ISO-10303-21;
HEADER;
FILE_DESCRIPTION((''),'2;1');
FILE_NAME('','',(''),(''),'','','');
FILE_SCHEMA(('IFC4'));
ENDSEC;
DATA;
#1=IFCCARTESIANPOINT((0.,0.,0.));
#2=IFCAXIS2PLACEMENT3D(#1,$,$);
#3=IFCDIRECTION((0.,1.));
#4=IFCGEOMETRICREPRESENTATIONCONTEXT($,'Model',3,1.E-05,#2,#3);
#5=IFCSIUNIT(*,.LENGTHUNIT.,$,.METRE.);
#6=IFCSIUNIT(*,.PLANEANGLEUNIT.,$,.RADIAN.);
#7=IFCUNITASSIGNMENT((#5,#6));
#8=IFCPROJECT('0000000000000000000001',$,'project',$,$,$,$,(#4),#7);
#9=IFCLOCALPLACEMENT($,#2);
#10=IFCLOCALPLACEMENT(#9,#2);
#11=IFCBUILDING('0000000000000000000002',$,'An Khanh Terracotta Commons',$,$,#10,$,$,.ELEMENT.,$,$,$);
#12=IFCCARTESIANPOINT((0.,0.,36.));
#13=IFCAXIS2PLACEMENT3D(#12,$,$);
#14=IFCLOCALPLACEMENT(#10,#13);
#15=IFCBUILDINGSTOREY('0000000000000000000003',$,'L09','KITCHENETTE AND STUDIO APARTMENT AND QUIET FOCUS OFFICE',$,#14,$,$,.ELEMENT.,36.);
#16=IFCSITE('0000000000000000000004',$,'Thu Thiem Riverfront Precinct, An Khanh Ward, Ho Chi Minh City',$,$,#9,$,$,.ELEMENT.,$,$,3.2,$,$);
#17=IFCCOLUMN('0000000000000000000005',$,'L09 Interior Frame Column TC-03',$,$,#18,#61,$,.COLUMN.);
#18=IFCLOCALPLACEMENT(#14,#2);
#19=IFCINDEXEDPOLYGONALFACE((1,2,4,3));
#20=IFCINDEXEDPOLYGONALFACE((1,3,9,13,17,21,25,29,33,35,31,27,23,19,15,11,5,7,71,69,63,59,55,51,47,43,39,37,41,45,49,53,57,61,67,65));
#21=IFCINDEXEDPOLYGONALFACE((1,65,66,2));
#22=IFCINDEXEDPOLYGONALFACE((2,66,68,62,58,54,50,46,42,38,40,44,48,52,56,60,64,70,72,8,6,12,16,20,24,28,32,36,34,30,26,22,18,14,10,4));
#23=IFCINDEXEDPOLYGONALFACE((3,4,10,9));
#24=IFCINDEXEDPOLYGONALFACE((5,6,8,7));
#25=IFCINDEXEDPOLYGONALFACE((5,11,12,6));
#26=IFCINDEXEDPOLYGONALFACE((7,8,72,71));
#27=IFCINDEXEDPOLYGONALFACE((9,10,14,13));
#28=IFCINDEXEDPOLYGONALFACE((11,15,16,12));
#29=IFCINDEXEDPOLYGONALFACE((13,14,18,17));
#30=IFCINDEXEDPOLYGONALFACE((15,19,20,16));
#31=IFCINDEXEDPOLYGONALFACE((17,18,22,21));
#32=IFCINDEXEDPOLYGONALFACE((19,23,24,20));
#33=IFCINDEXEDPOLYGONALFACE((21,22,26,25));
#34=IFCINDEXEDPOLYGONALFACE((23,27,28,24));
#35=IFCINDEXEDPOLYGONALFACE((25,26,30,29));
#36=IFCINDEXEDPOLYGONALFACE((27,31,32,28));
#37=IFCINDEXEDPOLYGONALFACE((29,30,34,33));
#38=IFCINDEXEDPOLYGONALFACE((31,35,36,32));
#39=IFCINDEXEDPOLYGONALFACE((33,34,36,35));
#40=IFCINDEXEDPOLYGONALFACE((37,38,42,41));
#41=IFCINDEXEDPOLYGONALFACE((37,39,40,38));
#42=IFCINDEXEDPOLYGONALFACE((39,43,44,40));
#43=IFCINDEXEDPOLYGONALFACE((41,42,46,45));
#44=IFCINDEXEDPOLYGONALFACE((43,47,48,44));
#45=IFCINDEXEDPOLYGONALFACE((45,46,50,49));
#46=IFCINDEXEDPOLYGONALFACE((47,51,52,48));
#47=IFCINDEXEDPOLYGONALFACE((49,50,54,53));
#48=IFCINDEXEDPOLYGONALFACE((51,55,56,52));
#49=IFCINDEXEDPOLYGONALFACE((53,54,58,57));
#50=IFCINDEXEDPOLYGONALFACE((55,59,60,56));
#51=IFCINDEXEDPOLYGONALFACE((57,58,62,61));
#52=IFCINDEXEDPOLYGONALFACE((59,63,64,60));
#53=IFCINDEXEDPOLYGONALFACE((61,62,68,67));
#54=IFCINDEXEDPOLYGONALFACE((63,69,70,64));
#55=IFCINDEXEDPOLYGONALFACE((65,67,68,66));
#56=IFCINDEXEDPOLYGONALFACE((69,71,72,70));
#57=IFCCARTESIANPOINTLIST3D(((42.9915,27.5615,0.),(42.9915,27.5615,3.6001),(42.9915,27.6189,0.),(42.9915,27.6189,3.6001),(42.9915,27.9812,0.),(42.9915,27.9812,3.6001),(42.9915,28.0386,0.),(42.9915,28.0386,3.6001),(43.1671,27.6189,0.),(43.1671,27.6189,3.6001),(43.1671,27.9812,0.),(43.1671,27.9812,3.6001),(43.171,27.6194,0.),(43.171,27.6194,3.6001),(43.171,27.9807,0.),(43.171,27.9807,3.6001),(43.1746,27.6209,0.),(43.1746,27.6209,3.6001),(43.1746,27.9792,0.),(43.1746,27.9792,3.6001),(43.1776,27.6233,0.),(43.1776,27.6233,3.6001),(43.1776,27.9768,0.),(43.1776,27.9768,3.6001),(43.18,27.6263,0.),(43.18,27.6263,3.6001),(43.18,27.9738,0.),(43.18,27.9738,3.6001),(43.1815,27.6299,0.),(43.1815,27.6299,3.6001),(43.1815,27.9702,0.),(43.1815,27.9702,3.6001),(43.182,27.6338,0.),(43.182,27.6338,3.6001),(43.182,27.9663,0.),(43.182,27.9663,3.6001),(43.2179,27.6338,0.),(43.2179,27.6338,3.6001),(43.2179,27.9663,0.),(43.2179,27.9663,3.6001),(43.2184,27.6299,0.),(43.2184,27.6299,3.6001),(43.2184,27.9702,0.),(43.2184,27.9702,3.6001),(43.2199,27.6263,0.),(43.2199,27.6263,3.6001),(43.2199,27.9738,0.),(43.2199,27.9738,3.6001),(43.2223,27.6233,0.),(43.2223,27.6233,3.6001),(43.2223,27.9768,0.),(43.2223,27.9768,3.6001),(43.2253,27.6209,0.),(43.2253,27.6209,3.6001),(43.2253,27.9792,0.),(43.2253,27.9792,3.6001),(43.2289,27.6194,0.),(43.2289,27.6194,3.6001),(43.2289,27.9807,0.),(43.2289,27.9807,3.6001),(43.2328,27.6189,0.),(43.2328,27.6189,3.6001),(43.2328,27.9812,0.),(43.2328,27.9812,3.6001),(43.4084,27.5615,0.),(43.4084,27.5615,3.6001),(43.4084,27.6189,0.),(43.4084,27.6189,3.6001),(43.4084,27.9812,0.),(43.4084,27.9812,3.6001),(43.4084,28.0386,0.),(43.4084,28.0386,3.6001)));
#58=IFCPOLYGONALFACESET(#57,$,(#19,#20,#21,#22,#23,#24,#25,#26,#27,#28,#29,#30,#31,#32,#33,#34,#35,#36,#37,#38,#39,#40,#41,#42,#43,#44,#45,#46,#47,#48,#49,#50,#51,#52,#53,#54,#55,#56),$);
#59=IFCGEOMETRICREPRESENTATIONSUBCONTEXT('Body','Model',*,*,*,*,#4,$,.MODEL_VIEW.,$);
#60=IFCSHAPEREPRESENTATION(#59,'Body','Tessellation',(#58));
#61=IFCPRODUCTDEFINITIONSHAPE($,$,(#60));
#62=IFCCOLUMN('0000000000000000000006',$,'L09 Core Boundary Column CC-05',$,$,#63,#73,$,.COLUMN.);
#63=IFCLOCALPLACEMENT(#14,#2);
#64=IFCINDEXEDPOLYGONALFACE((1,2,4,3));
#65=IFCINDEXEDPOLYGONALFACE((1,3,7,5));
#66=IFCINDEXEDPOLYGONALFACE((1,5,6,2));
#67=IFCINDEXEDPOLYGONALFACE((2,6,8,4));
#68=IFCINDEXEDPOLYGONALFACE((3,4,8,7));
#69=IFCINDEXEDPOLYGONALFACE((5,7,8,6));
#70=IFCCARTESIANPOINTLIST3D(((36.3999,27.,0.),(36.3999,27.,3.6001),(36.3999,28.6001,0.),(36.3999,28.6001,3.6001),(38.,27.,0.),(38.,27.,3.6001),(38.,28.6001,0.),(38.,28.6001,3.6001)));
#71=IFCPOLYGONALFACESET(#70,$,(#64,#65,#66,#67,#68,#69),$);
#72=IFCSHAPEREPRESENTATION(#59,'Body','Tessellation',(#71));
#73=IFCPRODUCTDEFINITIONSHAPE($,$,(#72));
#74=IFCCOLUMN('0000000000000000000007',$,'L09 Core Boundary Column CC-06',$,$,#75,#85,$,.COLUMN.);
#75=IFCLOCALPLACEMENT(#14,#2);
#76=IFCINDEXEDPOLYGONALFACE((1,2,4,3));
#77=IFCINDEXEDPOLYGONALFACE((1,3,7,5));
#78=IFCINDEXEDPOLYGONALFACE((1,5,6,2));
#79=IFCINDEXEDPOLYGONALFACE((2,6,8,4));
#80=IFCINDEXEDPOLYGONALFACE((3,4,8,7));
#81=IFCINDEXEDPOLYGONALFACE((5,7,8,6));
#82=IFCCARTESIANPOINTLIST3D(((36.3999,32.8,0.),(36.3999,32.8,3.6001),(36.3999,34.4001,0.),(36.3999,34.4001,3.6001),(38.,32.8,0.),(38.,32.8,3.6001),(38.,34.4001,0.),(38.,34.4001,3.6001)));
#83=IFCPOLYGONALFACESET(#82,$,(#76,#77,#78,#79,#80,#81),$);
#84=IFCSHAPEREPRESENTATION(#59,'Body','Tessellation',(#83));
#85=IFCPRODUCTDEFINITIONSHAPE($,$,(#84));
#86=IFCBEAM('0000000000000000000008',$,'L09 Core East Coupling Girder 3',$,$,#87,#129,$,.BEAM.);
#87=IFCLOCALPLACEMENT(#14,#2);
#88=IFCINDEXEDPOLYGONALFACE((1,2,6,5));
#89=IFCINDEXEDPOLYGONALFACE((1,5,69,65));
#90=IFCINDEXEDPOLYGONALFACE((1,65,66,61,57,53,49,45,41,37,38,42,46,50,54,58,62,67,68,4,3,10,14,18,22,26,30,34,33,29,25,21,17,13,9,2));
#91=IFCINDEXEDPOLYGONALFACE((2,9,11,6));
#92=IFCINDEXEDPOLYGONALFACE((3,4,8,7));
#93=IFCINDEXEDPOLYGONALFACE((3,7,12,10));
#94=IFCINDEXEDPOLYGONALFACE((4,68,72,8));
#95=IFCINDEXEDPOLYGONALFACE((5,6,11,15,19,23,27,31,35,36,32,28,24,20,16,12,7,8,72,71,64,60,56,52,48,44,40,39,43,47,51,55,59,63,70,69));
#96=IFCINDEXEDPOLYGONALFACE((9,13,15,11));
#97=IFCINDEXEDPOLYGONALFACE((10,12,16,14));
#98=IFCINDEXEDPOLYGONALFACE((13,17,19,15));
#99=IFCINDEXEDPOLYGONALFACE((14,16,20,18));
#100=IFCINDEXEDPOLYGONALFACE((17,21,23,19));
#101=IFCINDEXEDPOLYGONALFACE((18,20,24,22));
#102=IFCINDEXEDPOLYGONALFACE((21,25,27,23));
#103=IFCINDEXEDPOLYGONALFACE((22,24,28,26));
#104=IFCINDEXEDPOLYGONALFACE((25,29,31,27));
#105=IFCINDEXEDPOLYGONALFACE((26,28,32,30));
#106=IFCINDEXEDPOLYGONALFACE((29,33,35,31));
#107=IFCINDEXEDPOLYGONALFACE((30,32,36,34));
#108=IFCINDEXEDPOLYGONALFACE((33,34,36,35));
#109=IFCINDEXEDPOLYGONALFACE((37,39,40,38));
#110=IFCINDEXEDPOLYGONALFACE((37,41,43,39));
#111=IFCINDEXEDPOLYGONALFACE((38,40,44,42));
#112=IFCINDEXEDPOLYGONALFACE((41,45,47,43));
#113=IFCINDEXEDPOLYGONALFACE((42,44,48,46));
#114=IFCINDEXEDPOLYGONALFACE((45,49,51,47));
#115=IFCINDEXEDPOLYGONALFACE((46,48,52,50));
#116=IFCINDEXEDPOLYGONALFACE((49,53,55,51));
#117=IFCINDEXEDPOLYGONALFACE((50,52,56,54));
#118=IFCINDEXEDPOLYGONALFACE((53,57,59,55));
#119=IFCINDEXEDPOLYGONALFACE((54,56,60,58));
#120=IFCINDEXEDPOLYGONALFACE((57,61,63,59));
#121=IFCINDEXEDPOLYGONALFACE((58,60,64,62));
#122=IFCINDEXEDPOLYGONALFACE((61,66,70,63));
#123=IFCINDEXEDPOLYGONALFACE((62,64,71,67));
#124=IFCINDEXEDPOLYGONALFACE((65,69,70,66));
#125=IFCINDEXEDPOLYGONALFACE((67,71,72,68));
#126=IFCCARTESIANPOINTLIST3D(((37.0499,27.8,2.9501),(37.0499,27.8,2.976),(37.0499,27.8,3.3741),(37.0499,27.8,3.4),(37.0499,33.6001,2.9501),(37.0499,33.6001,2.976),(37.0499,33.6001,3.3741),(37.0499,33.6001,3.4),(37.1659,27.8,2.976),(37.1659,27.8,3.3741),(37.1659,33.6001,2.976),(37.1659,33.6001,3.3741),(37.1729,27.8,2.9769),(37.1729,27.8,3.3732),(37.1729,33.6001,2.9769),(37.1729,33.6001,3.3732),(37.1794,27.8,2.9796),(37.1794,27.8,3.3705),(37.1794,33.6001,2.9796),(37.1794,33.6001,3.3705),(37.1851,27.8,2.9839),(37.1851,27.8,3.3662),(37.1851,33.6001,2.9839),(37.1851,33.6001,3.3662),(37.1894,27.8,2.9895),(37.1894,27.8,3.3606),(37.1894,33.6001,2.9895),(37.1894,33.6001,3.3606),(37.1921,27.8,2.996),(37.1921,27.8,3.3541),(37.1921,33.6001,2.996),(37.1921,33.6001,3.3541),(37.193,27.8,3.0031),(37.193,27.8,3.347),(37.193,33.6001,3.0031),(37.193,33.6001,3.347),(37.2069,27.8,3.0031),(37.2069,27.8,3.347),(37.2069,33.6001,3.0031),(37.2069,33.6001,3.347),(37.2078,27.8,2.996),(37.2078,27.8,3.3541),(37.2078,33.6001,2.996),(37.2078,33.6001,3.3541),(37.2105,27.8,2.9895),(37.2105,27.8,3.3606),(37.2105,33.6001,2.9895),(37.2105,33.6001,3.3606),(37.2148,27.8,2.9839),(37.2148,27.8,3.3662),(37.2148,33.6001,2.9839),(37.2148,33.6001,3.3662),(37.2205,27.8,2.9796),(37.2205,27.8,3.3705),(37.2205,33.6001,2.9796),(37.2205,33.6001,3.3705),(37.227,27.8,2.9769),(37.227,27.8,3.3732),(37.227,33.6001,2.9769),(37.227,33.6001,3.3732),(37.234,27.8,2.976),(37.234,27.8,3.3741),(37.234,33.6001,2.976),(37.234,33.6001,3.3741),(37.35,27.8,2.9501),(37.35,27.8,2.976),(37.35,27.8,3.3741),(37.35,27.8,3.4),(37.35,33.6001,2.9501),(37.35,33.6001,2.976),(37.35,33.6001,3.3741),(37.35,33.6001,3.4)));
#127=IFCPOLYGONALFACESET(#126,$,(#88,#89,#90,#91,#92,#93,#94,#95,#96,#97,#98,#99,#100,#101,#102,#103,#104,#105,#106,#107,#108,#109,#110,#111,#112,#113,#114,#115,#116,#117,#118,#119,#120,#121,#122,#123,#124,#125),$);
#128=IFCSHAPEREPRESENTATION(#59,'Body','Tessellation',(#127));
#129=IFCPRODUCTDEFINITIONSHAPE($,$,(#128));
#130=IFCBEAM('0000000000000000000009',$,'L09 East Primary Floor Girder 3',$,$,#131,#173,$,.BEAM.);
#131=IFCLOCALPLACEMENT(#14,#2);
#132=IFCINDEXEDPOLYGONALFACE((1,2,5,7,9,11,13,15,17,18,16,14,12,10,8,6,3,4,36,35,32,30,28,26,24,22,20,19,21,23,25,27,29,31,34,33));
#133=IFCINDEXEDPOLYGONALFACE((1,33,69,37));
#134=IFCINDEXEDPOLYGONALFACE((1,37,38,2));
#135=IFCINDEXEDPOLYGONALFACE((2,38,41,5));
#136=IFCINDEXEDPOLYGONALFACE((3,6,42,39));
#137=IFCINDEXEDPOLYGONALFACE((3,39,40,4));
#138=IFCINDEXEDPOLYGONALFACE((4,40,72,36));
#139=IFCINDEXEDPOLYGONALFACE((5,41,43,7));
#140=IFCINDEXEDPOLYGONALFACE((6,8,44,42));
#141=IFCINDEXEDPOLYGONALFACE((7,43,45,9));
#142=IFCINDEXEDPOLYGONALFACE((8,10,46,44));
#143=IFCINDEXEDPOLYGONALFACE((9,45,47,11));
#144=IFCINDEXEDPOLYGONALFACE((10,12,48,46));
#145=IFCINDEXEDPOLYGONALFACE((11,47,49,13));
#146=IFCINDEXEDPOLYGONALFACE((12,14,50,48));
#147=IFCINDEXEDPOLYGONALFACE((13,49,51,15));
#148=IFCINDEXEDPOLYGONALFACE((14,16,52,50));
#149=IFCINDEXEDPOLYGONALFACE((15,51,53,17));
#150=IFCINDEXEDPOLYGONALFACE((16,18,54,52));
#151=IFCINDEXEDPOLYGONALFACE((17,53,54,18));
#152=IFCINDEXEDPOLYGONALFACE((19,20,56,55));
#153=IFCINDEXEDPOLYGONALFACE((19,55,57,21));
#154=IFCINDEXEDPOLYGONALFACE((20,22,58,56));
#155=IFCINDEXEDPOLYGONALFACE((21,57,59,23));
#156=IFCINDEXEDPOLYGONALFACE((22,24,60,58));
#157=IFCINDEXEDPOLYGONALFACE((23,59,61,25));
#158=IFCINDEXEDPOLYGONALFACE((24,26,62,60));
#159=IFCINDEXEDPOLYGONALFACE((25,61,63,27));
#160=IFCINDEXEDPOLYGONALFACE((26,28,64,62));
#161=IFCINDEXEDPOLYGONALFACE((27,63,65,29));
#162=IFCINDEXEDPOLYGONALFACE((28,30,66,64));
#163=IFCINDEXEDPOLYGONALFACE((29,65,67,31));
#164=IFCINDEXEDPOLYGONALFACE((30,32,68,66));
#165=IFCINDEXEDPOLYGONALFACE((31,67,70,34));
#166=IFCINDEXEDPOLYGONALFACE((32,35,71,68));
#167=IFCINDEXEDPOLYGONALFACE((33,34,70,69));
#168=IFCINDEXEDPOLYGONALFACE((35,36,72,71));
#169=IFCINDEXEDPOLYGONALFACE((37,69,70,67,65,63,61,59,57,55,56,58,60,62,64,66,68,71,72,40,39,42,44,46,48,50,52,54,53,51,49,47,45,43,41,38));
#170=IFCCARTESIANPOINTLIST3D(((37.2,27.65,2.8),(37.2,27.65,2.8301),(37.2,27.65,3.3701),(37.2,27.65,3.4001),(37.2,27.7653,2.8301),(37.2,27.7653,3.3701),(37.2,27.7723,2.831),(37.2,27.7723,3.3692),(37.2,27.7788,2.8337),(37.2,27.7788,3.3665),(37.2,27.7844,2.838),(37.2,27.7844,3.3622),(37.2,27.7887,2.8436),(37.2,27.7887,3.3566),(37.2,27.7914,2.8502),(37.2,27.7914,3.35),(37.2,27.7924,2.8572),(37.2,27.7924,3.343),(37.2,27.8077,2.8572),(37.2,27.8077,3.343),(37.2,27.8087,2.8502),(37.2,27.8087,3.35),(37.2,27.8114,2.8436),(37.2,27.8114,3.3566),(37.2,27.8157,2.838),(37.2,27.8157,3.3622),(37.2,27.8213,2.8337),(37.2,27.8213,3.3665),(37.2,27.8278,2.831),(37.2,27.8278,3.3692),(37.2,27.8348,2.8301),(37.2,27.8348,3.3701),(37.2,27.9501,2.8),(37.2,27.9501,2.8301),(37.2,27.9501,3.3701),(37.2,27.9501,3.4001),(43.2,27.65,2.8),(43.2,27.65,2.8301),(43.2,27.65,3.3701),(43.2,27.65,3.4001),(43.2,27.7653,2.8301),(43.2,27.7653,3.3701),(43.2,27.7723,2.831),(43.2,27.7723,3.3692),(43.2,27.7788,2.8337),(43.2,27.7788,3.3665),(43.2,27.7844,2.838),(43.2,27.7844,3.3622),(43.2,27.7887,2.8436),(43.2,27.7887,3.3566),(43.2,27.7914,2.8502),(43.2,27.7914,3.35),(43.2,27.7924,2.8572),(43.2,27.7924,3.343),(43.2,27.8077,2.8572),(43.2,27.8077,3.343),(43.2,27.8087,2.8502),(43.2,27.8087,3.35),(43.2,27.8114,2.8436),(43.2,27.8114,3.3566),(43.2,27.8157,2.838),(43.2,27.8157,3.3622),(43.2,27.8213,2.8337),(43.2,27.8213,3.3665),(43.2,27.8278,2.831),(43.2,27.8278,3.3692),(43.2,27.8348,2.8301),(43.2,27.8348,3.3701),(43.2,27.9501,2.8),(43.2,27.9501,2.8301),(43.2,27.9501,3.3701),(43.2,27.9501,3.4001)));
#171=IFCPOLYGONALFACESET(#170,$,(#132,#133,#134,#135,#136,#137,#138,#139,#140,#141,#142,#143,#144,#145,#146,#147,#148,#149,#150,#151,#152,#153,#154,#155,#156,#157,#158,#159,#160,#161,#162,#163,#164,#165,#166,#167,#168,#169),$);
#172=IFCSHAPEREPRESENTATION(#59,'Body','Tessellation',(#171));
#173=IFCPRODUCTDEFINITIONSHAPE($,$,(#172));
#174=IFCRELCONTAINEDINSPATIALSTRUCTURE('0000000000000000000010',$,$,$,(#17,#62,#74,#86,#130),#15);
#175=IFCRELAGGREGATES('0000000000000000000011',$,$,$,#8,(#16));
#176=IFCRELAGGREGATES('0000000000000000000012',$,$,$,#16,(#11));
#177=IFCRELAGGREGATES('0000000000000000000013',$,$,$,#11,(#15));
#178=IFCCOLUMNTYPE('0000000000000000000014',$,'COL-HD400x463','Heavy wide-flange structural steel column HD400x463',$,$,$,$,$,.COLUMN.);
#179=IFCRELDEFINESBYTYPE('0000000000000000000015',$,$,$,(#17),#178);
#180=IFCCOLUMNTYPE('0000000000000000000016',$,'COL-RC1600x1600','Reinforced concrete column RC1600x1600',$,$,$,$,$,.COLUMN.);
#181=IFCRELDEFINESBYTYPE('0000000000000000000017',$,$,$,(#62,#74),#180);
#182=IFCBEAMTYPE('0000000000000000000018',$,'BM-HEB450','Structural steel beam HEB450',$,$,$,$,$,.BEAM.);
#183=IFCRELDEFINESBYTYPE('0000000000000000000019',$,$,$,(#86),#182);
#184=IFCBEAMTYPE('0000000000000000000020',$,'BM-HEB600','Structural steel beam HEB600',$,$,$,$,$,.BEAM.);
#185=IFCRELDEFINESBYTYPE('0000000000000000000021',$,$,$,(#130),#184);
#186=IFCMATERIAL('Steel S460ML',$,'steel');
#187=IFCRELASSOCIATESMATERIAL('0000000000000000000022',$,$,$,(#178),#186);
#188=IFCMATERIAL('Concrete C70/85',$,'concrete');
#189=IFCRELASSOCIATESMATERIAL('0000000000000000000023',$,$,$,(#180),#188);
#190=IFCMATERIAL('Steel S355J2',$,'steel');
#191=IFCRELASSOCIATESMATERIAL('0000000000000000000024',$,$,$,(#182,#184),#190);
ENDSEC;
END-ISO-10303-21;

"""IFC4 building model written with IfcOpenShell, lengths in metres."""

from ifc_helpers import new_model, si_unit, direction, frame, origin, origin_2d, place, context, subcontext, project, spatial, rectangle, i_section, extrude, material, material_profile, profile_set, type_object, element, save


model = new_model("IFC4")

# Units and contexts
model_context = context("Model", 3, precision=1e-05, world=origin(), true_north=direction((0.0, 1.0)))
body_context = subcontext(model_context, "Body", "Model", "MODEL_VIEW")
ifc_project = project(units=[si_unit("LENGTHUNIT", "METRE"), si_unit("PLANEANGLEUNIT", "RADIAN")], contexts=[model_context])

# Site, building, storey
site_placement = place(None, origin())
site = spatial("IfcSite", under=ifc_project, at=site_placement, Name="Thu Thiem Riverfront Precinct, An Khanh Ward, Ho Chi Minh City", CompositionType="ELEMENT", RefElevation=3.2)
building_placement = place(site_placement, origin())
building = spatial("IfcBuilding", under=site, at=building_placement, Name="An Khanh Terracotta Commons", CompositionType="ELEMENT")
storey_placement = place(building_placement, frame((0.0, 0.0, 36.0)))
storey = spatial("IfcBuildingStorey", under=building, at=storey_placement, Name="L09", Description="KITCHENETTE AND STUDIO APARTMENT AND QUIET FOCUS OFFICE", CompositionType="ELEMENT", Elevation=36.0)

# Columns
ifc_material_1 = material(Name="Steel S460ML", Category="steel")
ifc_material_profile_1 = material_profile(ifc_material_1, i_section(OverallWidth=0.417, OverallDepth=0.4771, WebThickness=0.0359, FlangeThickness=0.0574, FilletRadius=0.0149, at=origin_2d()), Name="HD400x463")
ifc_profile_set_1 = profile_set([ifc_material_profile_1], Name="Steel S460ML")
column_type_1 = type_object("IfcColumnType", Name="COL-HD400x463", Description="Heavy wide-flange structural steel column HD400x463", PredefinedType="COLUMN", material=ifc_profile_set_1)
column_placement = place(storey_placement, frame((43.2, 27.8, 0.0), z_axis=(0.0, 0.0, 1.0), x_axis=(1.0, 0.0, 0.0)))
element("IfcColumn", 1, at=column_placement, inside=storey, type_object=column_type_1, Name="L09 Interior Frame Column TC-03", PredefinedType="COLUMN", context=body_context, shape_type="SweptSolid", body=[
    extrude(i_section(OverallWidth=0.417, OverallDepth=0.4771, WebThickness=0.0359, FlangeThickness=0.0574, FilletRadius=0.0149, at=origin_2d()), origin(), (0.0, 0.0, 1.0), 3.6001),
])
ifc_material_2 = material(Name="Concrete C70/85", Category="concrete")
ifc_material_profile_2 = material_profile(ifc_material_2, rectangle(XDim=1.6001, YDim=1.6001, at=origin_2d()), Name="RC1600x1600")
ifc_profile_set_2 = profile_set([ifc_material_profile_2], Name="Concrete C70/85")
column_type_2 = type_object("IfcColumnType", Name="COL-RC1600x1600", Description="Reinforced concrete column RC1600x1600", PredefinedType="COLUMN", material=ifc_profile_set_2)
for number, where, z_axis, x_axis, name in (
    (2, (37.2, 27.8, 0.0), (0.0, 0.0, 1.0), (1.0, 0.0, 0.0), "L09 Core Boundary Column CC-05"),
    (3, (37.2, 33.6001, 0.0), (0.0, 0.0, 1.0), (1.0, 0.0, 0.0), "L09 Core Boundary Column CC-06"),
):
    element("IfcColumn", number, at=place(storey_placement, frame(where, z_axis=z_axis, x_axis=x_axis)), inside=storey, type_object=column_type_2, Name=name, PredefinedType="COLUMN", context=body_context, shape_type="SweptSolid", body=[
        extrude(rectangle(XDim=1.6001, YDim=1.6001, at=origin_2d()), origin(), (0.0, 0.0, 1.0), 3.6001),
    ])

# Beams
ifc_material_3 = material(Name="Steel S355J2", Category="steel")
ifc_material_profile_3 = material_profile(ifc_material_3, i_section(OverallWidth=0.3, OverallDepth=0.45, WebThickness=0.0139, FlangeThickness=0.0259, FilletRadius=0.0271, at=origin_2d()), Name="HEB450")
ifc_profile_set_3 = profile_set([ifc_material_profile_3], Name="Steel S355J2")
beam_type_1 = type_object("IfcBeamType", Name="BM-HEB450", Description="Structural steel beam HEB450", PredefinedType="BEAM", material=ifc_profile_set_3)
beam_1_placement = place(storey_placement, frame((37.2, 27.8, 3.175), z_axis=(0.0, 1.0, 0.0), x_axis=(-1.0, 0.0, 0.0)))
element("IfcBeam", 4, at=beam_1_placement, inside=storey, type_object=beam_type_1, Name="L09 Core East Coupling Girder 3", PredefinedType="BEAM", context=body_context, shape_type="SweptSolid", body=[
    extrude(i_section(OverallWidth=0.3, OverallDepth=0.45, WebThickness=0.0139, FlangeThickness=0.0259, FilletRadius=0.0271, at=origin_2d()), origin(), (0.0, 0.0, 1.0), 5.8),
])
ifc_material_profile_4 = material_profile(ifc_material_3, i_section(OverallWidth=0.3, OverallDepth=0.6001, WebThickness=0.0154, FlangeThickness=0.03, FilletRadius=0.0271, at=origin_2d()), Name="HEB600")
ifc_profile_set_4 = profile_set([ifc_material_profile_4], Name="Steel S355J2")
beam_type_2 = type_object("IfcBeamType", Name="BM-HEB600", Description="Structural steel beam HEB600", PredefinedType="BEAM", material=ifc_profile_set_4)
beam_2_placement = place(storey_placement, frame((37.2, 27.8, 3.1001), z_axis=(1.0, 0.0, 0.0), x_axis=(0.0, 1.0, 0.0)))
element("IfcBeam", 5, at=beam_2_placement, inside=storey, type_object=beam_type_2, Name="L09 East Primary Floor Girder 3", PredefinedType="BEAM", context=body_context, shape_type="SweptSolid", body=[
    extrude(i_section(OverallWidth=0.3, OverallDepth=0.6001, WebThickness=0.0154, FlangeThickness=0.03, FilletRadius=0.0271, at=origin_2d()), origin(), (0.0, 0.0, 1.0), 6.0),
])

save(model, "model.ifc")
